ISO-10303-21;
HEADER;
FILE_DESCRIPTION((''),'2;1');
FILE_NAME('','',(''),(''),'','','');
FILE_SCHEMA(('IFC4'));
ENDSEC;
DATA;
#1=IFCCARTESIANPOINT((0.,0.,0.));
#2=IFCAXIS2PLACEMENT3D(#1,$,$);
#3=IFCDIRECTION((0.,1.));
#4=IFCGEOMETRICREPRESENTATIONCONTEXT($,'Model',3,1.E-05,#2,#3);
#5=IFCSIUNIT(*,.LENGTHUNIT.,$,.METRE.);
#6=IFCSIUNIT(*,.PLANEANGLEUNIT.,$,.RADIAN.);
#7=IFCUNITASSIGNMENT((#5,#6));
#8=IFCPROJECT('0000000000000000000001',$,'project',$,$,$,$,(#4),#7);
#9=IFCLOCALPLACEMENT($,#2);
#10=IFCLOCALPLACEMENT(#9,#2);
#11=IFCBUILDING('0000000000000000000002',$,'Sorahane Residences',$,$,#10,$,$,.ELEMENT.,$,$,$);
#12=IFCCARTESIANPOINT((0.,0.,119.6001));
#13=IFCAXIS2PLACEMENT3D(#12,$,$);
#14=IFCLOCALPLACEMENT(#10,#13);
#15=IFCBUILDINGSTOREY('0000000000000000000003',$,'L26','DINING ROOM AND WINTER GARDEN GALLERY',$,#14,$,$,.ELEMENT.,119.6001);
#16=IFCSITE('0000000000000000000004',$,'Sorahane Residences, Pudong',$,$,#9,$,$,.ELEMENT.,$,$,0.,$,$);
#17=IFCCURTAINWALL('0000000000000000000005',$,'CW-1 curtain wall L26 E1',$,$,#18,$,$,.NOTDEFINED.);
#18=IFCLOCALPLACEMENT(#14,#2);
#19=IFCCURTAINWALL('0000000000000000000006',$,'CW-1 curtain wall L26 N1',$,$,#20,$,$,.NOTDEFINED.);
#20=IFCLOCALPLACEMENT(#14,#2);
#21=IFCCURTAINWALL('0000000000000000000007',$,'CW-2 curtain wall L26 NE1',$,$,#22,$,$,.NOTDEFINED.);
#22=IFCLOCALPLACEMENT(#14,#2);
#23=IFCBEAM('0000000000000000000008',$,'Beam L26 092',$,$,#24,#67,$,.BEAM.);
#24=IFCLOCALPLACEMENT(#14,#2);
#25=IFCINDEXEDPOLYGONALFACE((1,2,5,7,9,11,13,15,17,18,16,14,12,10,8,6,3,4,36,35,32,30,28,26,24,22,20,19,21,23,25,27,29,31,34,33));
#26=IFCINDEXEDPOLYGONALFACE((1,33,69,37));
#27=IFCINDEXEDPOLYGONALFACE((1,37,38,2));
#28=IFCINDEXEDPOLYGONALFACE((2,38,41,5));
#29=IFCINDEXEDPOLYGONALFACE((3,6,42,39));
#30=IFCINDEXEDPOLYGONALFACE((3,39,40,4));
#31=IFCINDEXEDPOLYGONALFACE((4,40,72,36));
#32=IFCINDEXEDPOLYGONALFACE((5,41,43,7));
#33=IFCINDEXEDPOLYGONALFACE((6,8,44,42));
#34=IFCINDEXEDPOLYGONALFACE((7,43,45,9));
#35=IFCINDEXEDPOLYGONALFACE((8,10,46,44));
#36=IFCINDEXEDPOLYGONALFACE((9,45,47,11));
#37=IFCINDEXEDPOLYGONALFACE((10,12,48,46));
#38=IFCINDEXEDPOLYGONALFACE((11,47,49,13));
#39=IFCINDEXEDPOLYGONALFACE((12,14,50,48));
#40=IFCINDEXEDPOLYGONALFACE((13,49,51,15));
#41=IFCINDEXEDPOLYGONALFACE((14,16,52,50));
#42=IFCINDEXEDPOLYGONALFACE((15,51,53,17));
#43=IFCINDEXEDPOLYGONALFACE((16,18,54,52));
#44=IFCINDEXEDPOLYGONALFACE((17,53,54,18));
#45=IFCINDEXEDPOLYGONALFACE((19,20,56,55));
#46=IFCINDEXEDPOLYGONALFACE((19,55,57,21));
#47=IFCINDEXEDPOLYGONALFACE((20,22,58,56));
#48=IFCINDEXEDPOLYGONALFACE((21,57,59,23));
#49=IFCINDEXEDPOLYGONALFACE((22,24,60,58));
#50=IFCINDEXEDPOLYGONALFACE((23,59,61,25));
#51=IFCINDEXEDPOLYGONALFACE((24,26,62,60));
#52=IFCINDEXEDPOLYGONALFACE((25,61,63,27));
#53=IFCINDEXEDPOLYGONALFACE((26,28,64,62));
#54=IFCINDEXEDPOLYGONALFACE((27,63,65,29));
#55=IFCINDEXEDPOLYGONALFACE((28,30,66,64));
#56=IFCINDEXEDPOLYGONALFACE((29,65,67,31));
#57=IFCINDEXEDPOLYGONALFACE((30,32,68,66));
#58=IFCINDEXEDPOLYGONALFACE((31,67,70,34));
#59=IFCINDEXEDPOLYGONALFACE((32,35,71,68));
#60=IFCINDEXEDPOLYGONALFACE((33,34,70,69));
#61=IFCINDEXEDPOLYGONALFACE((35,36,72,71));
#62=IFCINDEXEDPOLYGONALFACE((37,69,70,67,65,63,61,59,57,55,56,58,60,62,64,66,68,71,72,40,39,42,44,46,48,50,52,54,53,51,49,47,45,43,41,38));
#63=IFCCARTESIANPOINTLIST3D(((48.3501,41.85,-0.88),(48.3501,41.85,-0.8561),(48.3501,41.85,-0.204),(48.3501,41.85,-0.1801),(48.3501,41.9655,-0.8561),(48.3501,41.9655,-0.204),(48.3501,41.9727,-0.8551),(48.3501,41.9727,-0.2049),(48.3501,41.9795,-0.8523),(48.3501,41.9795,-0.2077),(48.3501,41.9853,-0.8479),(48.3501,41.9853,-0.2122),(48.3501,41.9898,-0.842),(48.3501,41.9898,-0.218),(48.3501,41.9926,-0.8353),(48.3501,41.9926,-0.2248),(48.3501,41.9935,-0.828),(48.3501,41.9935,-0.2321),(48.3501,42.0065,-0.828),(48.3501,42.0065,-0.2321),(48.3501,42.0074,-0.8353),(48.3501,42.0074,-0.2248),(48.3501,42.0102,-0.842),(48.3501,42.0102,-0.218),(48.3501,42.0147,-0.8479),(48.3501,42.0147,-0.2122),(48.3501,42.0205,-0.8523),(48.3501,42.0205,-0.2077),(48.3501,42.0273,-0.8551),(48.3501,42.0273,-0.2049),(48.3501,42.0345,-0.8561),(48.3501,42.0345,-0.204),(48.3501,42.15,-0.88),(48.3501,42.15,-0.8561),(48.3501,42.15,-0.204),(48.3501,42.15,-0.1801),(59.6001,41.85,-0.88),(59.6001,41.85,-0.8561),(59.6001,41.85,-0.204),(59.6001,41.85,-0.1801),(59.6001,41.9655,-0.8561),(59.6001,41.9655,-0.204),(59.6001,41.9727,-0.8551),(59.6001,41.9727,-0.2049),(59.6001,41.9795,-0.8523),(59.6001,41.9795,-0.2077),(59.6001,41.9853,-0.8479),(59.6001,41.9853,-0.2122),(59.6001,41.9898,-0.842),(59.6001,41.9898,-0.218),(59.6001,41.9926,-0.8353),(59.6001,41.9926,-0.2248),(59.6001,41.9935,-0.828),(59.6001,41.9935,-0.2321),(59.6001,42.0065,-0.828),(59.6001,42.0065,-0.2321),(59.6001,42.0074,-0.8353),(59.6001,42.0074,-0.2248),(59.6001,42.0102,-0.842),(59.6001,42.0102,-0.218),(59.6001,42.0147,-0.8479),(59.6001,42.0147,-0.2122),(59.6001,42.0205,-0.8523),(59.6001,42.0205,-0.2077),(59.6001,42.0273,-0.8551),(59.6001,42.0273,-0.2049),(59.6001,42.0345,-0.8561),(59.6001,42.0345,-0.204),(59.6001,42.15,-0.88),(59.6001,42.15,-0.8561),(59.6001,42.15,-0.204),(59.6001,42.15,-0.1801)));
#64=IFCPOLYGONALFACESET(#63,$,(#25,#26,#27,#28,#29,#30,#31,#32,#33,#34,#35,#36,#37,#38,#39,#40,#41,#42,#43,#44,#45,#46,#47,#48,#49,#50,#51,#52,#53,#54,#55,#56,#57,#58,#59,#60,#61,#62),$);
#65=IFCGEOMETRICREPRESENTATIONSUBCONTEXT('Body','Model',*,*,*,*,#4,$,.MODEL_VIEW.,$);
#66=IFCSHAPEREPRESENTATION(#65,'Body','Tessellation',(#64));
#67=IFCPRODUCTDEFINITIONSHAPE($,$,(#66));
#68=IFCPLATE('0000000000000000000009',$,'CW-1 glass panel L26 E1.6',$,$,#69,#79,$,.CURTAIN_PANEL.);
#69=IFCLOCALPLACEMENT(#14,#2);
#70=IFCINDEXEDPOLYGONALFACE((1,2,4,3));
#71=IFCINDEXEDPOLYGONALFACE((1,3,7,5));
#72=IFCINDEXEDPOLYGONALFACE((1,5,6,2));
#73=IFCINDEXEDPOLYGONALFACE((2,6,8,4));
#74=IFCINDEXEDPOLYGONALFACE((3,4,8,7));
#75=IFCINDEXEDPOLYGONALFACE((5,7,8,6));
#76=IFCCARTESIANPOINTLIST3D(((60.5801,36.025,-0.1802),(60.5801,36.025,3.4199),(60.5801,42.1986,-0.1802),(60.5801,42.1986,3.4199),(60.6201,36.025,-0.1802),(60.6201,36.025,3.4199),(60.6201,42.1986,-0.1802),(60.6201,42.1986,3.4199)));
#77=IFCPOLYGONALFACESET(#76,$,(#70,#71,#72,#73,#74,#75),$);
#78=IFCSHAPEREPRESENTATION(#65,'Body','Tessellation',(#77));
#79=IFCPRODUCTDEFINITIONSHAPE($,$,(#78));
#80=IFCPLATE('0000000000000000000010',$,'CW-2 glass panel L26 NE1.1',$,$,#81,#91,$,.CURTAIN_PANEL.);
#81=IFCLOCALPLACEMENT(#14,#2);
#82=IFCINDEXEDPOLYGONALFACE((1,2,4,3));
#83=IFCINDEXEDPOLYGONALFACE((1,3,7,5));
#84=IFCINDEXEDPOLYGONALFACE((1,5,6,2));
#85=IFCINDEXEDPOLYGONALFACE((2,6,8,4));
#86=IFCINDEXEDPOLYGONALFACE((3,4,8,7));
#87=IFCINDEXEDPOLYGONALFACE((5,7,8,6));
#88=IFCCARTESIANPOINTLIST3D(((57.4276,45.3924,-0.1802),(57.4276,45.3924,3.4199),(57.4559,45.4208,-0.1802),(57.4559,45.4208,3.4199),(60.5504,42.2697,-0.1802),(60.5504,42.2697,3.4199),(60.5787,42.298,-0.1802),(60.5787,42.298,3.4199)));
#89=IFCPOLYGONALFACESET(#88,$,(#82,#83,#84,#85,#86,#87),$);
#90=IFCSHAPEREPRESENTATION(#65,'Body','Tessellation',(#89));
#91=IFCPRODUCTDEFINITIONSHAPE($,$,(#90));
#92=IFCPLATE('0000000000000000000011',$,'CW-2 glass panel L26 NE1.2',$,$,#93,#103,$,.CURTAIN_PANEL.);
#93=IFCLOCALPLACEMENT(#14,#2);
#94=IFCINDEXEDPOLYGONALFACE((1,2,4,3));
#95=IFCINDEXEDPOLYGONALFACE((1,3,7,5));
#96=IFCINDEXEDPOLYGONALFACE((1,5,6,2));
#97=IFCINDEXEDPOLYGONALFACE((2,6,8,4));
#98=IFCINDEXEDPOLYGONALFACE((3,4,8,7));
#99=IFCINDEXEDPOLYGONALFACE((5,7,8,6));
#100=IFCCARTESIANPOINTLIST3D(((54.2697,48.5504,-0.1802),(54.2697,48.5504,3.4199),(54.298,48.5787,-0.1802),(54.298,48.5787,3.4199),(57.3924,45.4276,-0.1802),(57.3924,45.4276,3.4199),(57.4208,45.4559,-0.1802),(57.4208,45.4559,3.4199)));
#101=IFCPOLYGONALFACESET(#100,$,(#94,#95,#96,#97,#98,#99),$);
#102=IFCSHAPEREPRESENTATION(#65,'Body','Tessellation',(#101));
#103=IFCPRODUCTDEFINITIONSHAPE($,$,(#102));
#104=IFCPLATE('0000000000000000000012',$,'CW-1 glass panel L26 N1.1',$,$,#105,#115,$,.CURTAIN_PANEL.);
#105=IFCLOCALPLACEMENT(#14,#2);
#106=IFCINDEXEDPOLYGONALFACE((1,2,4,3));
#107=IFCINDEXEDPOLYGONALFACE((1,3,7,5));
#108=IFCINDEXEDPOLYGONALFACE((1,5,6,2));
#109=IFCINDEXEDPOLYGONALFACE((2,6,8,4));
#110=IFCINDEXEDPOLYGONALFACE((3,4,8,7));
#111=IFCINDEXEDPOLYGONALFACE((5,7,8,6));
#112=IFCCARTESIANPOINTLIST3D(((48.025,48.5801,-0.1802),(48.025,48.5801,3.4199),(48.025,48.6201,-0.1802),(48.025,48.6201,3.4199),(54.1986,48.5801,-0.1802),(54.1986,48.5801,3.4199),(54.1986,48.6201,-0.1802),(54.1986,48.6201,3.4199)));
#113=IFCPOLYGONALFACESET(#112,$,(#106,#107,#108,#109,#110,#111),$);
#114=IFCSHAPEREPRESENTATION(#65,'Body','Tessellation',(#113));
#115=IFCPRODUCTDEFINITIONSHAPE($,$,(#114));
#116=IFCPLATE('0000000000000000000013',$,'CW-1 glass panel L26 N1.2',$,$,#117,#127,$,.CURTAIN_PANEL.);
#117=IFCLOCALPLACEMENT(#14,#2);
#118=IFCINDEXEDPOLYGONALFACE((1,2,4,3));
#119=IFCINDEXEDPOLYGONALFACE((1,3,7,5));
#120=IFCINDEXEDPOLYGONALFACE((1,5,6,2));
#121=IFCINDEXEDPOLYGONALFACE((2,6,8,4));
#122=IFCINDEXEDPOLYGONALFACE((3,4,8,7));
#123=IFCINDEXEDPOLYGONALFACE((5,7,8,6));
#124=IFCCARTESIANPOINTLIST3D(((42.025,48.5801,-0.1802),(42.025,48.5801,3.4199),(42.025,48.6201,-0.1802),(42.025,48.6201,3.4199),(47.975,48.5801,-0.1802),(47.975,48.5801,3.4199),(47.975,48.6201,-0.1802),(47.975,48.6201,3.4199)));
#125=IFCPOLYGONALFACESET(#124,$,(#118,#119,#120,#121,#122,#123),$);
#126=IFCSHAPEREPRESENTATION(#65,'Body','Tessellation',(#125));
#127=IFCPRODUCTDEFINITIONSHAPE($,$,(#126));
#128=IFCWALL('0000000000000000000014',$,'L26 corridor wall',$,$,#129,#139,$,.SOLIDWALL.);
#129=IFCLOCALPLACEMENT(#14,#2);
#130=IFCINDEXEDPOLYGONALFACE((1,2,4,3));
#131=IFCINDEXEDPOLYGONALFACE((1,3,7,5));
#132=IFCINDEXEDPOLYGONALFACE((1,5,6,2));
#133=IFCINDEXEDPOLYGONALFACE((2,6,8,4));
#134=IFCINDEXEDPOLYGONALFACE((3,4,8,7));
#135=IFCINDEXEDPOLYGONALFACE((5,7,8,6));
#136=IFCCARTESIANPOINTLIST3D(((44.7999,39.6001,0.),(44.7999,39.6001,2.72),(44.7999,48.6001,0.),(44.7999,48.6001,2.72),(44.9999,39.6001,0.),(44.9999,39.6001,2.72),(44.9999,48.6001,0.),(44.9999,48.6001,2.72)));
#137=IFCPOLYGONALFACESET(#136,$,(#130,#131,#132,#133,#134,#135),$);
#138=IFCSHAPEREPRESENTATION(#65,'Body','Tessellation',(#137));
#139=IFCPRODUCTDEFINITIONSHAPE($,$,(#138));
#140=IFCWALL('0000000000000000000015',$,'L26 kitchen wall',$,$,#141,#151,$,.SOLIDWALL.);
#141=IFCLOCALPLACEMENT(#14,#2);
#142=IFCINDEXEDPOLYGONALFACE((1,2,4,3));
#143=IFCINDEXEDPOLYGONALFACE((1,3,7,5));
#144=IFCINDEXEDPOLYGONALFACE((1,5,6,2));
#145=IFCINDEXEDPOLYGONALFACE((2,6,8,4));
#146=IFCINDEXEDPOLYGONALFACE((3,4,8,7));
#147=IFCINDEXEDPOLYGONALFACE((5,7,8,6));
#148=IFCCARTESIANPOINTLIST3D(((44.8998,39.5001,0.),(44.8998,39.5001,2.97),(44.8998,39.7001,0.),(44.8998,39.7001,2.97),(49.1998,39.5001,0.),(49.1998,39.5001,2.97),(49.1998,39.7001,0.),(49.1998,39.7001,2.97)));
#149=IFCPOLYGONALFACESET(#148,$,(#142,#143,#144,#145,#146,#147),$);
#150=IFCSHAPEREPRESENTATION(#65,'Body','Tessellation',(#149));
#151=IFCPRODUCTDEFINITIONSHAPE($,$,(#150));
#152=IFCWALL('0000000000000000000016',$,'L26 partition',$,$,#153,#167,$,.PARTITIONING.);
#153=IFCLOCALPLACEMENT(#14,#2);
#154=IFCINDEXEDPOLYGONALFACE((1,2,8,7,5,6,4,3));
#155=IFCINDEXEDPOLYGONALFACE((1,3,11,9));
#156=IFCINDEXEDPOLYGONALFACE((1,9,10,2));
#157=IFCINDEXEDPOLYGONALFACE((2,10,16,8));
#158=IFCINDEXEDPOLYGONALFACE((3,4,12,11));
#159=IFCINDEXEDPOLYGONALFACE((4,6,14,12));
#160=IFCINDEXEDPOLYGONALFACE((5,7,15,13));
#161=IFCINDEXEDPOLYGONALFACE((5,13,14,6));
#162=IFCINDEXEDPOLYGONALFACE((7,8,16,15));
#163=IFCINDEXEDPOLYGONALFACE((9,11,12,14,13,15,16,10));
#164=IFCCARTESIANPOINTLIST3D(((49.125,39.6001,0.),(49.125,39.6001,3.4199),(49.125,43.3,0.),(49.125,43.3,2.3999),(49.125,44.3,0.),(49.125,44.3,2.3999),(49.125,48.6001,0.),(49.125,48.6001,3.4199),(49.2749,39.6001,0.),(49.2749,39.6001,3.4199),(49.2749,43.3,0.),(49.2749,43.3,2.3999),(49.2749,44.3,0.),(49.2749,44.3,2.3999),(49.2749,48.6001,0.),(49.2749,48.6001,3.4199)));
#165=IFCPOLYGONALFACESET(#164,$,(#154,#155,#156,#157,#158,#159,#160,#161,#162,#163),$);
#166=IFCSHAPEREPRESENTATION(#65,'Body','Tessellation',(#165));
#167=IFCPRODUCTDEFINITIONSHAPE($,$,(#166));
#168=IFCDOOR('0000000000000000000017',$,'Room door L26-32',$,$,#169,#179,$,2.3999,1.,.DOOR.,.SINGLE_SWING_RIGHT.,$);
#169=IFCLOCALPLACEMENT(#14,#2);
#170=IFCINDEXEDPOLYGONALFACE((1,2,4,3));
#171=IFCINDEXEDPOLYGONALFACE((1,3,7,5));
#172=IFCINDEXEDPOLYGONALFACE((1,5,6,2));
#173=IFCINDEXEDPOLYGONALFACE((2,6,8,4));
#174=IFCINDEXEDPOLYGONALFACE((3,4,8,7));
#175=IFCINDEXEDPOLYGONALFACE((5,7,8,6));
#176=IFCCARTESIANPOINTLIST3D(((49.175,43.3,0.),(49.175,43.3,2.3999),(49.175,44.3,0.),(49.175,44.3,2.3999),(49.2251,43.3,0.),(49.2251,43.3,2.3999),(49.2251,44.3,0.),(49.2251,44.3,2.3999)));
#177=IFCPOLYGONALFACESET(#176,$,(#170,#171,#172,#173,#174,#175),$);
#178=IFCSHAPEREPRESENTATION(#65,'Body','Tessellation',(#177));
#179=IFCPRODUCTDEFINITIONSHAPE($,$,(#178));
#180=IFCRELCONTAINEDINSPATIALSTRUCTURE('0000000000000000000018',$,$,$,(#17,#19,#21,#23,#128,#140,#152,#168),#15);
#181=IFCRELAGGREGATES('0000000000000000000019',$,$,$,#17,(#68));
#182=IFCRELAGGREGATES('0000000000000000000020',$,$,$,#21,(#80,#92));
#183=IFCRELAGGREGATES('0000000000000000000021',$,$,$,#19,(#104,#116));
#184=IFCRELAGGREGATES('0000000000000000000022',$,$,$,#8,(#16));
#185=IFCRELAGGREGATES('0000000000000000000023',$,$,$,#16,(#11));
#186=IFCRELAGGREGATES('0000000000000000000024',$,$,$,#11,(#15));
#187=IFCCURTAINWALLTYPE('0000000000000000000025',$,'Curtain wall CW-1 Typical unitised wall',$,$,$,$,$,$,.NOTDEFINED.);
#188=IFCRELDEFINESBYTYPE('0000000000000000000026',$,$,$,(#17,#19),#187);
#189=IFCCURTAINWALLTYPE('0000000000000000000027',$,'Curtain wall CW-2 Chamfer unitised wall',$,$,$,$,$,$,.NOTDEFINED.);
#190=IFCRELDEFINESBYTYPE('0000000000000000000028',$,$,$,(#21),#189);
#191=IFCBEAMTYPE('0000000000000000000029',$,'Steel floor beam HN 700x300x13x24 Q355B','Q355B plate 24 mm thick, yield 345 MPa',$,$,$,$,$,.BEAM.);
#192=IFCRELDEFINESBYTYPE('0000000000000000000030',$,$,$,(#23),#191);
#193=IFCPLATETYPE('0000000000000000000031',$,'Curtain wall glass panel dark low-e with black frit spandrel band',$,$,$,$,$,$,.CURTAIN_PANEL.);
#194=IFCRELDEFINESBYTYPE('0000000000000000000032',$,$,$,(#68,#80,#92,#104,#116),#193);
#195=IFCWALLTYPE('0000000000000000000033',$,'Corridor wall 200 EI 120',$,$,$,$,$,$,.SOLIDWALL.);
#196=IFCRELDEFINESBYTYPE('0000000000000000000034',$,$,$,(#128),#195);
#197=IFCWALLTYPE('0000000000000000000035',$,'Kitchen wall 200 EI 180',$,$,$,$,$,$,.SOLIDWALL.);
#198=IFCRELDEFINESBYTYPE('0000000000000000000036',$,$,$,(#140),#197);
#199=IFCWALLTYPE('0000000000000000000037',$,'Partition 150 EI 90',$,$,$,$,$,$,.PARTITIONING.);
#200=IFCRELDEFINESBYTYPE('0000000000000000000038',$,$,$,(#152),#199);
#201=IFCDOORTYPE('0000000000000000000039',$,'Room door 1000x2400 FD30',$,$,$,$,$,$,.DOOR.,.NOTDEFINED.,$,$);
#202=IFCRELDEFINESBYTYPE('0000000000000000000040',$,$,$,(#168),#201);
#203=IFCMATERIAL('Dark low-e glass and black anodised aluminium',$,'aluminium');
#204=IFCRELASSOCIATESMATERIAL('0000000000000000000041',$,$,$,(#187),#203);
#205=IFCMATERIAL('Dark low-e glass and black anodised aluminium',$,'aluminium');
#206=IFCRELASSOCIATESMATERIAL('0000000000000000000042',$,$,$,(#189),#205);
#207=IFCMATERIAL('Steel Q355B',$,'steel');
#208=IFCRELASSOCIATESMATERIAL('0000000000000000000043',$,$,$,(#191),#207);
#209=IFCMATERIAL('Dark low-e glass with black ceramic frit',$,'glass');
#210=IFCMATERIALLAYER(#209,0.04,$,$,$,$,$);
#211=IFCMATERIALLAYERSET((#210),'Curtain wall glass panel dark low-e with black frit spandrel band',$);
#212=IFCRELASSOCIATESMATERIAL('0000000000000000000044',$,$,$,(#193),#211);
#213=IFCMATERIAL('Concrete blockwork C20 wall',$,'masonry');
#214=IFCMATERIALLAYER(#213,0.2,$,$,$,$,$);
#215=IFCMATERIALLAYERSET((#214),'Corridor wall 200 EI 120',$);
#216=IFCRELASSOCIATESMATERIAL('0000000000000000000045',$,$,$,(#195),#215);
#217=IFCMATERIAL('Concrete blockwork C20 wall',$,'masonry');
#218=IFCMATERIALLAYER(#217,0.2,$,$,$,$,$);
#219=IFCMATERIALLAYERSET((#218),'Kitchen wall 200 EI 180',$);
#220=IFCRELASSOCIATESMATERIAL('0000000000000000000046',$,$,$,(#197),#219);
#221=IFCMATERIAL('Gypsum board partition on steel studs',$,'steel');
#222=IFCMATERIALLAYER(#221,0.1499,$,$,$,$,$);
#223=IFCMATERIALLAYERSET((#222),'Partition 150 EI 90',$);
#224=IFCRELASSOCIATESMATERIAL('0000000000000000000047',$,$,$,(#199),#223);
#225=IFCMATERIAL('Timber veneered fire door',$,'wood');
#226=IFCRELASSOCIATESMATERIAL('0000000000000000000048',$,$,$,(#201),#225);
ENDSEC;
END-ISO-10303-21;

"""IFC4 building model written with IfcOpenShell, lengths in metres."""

from ifc_helpers import new_model, si_unit, direction, frame, frame_2d, origin, origin_2d, place, context, subcontext, project, spatial, rectangle, i_section, extrude, material, layer, layer_set, material_profile, profile_set, type_object, element, fill, aggregate, save


model = new_model("IFC4")

# Units and contexts
model_context = context("Model", 3, precision=1e-05, world=origin(), true_north=direction((0.0, 1.0)))
body_context = subcontext(model_context, "Body", "Model", "MODEL_VIEW")
ifc_project = project(units=[si_unit("LENGTHUNIT", "METRE"), si_unit("PLANEANGLEUNIT", "RADIAN")], contexts=[model_context])

# Site, building, storey
site_placement = place(None, origin())
site = spatial("IfcSite", under=ifc_project, at=site_placement, Name="Sorahane Residences, Pudong", CompositionType="ELEMENT", RefElevation=0.0)
building_placement = place(site_placement, origin())
building = spatial("IfcBuilding", under=site, at=building_placement, Name="Sorahane Residences", CompositionType="ELEMENT")
storey_placement = place(building_placement, frame((0.0, 0.0, 119.6001)))
storey = spatial("IfcBuildingStorey", under=building, at=storey_placement, Name="L26", Description="DINING ROOM AND WINTER GARDEN GALLERY", CompositionType="ELEMENT", Elevation=119.6001)

# Curtain wall
ifc_material_1 = material(Name="Dark low-e glass and black anodised aluminium", Category="aluminium")
curtain_wall_type_1 = type_object("IfcCurtainWallType", Name="Curtain wall CW-1 Typical unitised wall", PredefinedType="NOTDEFINED", material=ifc_material_1)
curtain_wall_1_placement = place(storey_placement, origin())
curtain_wall_1 = element("IfcCurtainWall", 1, at=curtain_wall_1_placement, inside=storey, type_object=curtain_wall_type_1, Name="CW-1 curtain wall L26 E1", PredefinedType="NOTDEFINED")

# Curtain wall
curtain_wall_2_placement = place(storey_placement, origin())
curtain_wall_2 = element("IfcCurtainWall", 2, at=curtain_wall_2_placement, inside=storey, type_object=curtain_wall_type_1, Name="CW-1 curtain wall L26 N1", PredefinedType="NOTDEFINED")

# Curtain wall
ifc_material_2 = material(Name="Dark low-e glass and black anodised aluminium", Category="aluminium")
curtain_wall_type_2 = type_object("IfcCurtainWallType", Name="Curtain wall CW-2 Chamfer unitised wall", PredefinedType="NOTDEFINED", material=ifc_material_2)
curtain_wall_3_placement = place(storey_placement, origin())
curtain_wall_3 = element("IfcCurtainWall", 3, at=curtain_wall_3_placement, inside=storey, type_object=curtain_wall_type_2, Name="CW-2 curtain wall L26 NE1", PredefinedType="NOTDEFINED")

# Beam
ifc_material_3 = material(Name="Steel Q355B", Category="steel")
ifc_material_profile_1 = material_profile(ifc_material_3, i_section(OverallWidth=0.3, OverallDepth=0.7, WebThickness=0.0129, FlangeThickness=0.0239, FilletRadius=0.0281, at=origin_2d()), Name="HN 700x300x13x24")
ifc_profile_set_1 = profile_set([ifc_material_profile_1], Name="Steel Q355B")
beam_type_1 = type_object("IfcBeamType", Name="Steel floor beam HN 700x300x13x24 Q355B", Description="Q355B plate 24 mm thick, yield 345 MPa", PredefinedType="BEAM", material=ifc_profile_set_1)
beam_1_placement = place(storey_placement, frame((48.3501, 42.0, -0.53), z_axis=(1.0, 0.0, 0.0), x_axis=(0.0, 1.0, 0.0)))
element("IfcBeam", 4, at=beam_1_placement, inside=storey, type_object=beam_type_1, Name="Beam L26 092", PredefinedType="BEAM", context=body_context, shape_type="SweptSolid", body=[
    extrude(i_section(OverallWidth=0.3, OverallDepth=0.7, WebThickness=0.0129, FlangeThickness=0.0239, FilletRadius=0.0281, at=origin_2d()), origin(), (0.0, 0.0, 1.0), 11.25),
])

# Plates
ifc_material_4 = material(Name="Dark low-e glass with black ceramic frit", Category="glass")
ifc_layer_1 = layer(ifc_material_4, 0.04)
ifc_layer_set_1 = layer_set([ifc_layer_1], Name="Curtain wall glass panel dark low-e with black frit spandrel band")
plate_type = type_object("IfcPlateType", Name="Curtain wall glass panel dark low-e with black frit spandrel band", PredefinedType="CURTAIN_PANEL", material=ifc_layer_set_1)
plate_1_placement = place(storey_placement, frame((60.6001, 39.1118, -0.1802), z_axis=(0.0, 0.0, 1.0), x_axis=(0.0, 1.0, 0.0)))
plate_1 = element("IfcPlate", 5, at=plate_1_placement, type_object=plate_type, Name="CW-1 glass panel L26 E1.6", PredefinedType="CURTAIN_PANEL", context=body_context, shape_type="SweptSolid", body=[
    extrude(rectangle(XDim=6.1736, YDim=0.04, at=origin_2d()), origin(), (0.0, 0.0, 1.0), 3.6001),
])
aggregate(curtain_wall_1, [plate_1])
plate_2_placement = place(storey_placement, frame((59.0032, 43.8452, -0.1802), z_axis=(0.0, 0.0, 1.0), x_axis=(-0.707107, 0.707107, 0.0)))
plate_2 = element("IfcPlate", 6, at=plate_2_placement, type_object=plate_type, Name="CW-2 glass panel L26 NE1.1", PredefinedType="CURTAIN_PANEL", context=body_context, shape_type="SweptSolid", body=[
    extrude(rectangle(XDim=4.4163, YDim=0.04, at=origin_2d()), origin(), (0.0, 0.0, 1.0), 3.6001),
])
plate_3_placement = place(storey_placement, frame((55.8452, 47.0032, -0.1802), z_axis=(0.0, 0.0, 1.0), x_axis=(-0.707107, 0.707107, 0.0)))
plate_3 = element("IfcPlate", 7, at=plate_3_placement, type_object=plate_type, Name="CW-2 glass panel L26 NE1.2", PredefinedType="CURTAIN_PANEL", context=body_context, shape_type="SweptSolid", body=[
    extrude(rectangle(XDim=4.4163, YDim=0.04, at=origin_2d()), origin(), (0.0, 0.0, 1.0), 3.6001),
])
aggregate(curtain_wall_3, [plate_2, plate_3])
plate_4_placement = place(storey_placement, frame((51.1118, 48.6001, -0.1802), z_axis=(0.0, 0.0, 1.0), x_axis=(-1.0, 0.0, 0.0)))
plate_4 = element("IfcPlate", 8, at=plate_4_placement, type_object=plate_type, Name="CW-1 glass panel L26 N1.1", PredefinedType="CURTAIN_PANEL", context=body_context, shape_type="SweptSolid", body=[
    extrude(rectangle(XDim=6.1736, YDim=0.04, at=origin_2d()), origin(), (0.0, 0.0, 1.0), 3.6001),
])
plate_5_placement = place(storey_placement, frame((45.0, 48.6001, -0.1802), z_axis=(0.0, 0.0, 1.0), x_axis=(-1.0, 0.0, 0.0)))
plate_5 = element("IfcPlate", 9, at=plate_5_placement, type_object=plate_type, Name="CW-1 glass panel L26 N1.2", PredefinedType="CURTAIN_PANEL", context=body_context, shape_type="SweptSolid", body=[
    extrude(rectangle(XDim=5.95, YDim=0.04, at=origin_2d()), origin(), (0.0, 0.0, 1.0), 3.6001),
])
aggregate(curtain_wall_2, [plate_4, plate_5])

# Walls
ifc_material_5 = material(Name="Concrete blockwork C20 wall", Category="masonry")
ifc_layer_2 = layer(ifc_material_5, 0.2)
ifc_layer_set_2 = layer_set([ifc_layer_2], Name="Corridor wall 200 EI 120")
wall_type_1 = type_object("IfcWallType", Name="Corridor wall 200 EI 120", PredefinedType="SOLIDWALL", material=ifc_layer_set_2)
wall_1_placement = place(storey_placement, frame((44.8999, 39.6001, 0.0), z_axis=(0.0, 0.0, 1.0), x_axis=(0.0, 1.0, 0.0)))
element("IfcWall", 10, at=wall_1_placement, inside=storey, type_object=wall_type_1, Name="L26 corridor wall", PredefinedType="SOLIDWALL", context=body_context, shape_type="SweptSolid", body=[
    extrude(rectangle(XDim=9.0, YDim=0.2, at=frame_2d((4.5, 0.0))), origin(), (0.0, 0.0, 1.0), 2.72),
])
ifc_material_6 = material(Name="Concrete blockwork C20 wall", Category="masonry")
ifc_layer_3 = layer(ifc_material_6, 0.2)
ifc_layer_set_3 = layer_set([ifc_layer_3], Name="Kitchen wall 200 EI 180")
wall_type_2 = type_object("IfcWallType", Name="Kitchen wall 200 EI 180", PredefinedType="SOLIDWALL", material=ifc_layer_set_3)
wall_2_placement = place(storey_placement, frame((44.8999, 39.6001, 0.0), z_axis=(0.0, 0.0, 1.0), x_axis=(1.0, 0.0, 0.0)))
element("IfcWall", 11, at=wall_2_placement, inside=storey, type_object=wall_type_2, Name="L26 kitchen wall", PredefinedType="SOLIDWALL", context=body_context, shape_type="SweptSolid", body=[
    extrude(rectangle(XDim=4.3, YDim=0.2, at=frame_2d((2.1499, 0.0))), origin(), (0.0, 0.0, 1.0), 2.97),
])

# Wall, opening, door
ifc_material_7 = material(Name="Gypsum board partition on steel studs", Category="steel")
ifc_layer_4 = layer(ifc_material_7, 0.1499)
ifc_layer_set_4 = layer_set([ifc_layer_4], Name="Partition 150 EI 90")
wall_type_3 = type_object("IfcWallType", Name="Partition 150 EI 90", PredefinedType="PARTITIONING", material=ifc_layer_set_4)
wall_3_placement = place(storey_placement, frame((49.2, 39.6001, 0.0), z_axis=(0.0, 0.0, 1.0), x_axis=(0.0, 1.0, 0.0)))
wall_3 = element("IfcWall", 12, at=wall_3_placement, inside=storey, type_object=wall_type_3, Name="L26 partition", PredefinedType="PARTITIONING", context=body_context, shape_type="SweptSolid", body=[
    extrude(rectangle(XDim=9.0, YDim=0.1499, at=frame_2d((4.5, 0.0))), origin(), (0.0, 0.0, 1.0), 3.4199),
])
opening_placement = place(wall_3_placement, frame((3.7, 0.0, 0.0)))
opening = element("IfcOpeningElement", 13, at=opening_placement, cuts=wall_3, PredefinedType="OPENING", context=body_context, shape_type="SweptSolid", body=[
    extrude(rectangle(XDim=1.0, YDim=2.3999, at=frame_2d((0.5, 1.2))), frame((0.0, 0.085, 0.0), z_axis=(0.0, -1.0, 0.0), x_axis=(1.0, 0.0, 0.0)), (0.0, 0.0, 1.0), 0.1699),
])
ifc_material_8 = material(Name="Timber veneered fire door", Category="wood")
door_type = type_object("IfcDoorType", Name="Room door 1000x2400 FD30", OperationType="NOTDEFINED", PredefinedType="DOOR", material=ifc_material_8)
door_placement = place(opening_placement, origin())
door = element("IfcDoor", 14, at=door_placement, inside=storey, type_object=door_type, Name="Room door L26-32", OperationType="SINGLE_SWING_RIGHT", OverallHeight=2.3999, OverallWidth=1.0, PredefinedType="DOOR", context=body_context, shape_type="SweptSolid", body=[
    extrude(rectangle(XDim=1.0, YDim=2.3999, at=frame_2d((0.5, 1.2))), frame((0.0, 0.0249, 0.0), z_axis=(0.0, -1.0, 0.0), x_axis=(1.0, 0.0, 0.0)), (0.0, 0.0, 1.0), 0.05),
])
fill(opening, door)

save(model, "model.ifc")
